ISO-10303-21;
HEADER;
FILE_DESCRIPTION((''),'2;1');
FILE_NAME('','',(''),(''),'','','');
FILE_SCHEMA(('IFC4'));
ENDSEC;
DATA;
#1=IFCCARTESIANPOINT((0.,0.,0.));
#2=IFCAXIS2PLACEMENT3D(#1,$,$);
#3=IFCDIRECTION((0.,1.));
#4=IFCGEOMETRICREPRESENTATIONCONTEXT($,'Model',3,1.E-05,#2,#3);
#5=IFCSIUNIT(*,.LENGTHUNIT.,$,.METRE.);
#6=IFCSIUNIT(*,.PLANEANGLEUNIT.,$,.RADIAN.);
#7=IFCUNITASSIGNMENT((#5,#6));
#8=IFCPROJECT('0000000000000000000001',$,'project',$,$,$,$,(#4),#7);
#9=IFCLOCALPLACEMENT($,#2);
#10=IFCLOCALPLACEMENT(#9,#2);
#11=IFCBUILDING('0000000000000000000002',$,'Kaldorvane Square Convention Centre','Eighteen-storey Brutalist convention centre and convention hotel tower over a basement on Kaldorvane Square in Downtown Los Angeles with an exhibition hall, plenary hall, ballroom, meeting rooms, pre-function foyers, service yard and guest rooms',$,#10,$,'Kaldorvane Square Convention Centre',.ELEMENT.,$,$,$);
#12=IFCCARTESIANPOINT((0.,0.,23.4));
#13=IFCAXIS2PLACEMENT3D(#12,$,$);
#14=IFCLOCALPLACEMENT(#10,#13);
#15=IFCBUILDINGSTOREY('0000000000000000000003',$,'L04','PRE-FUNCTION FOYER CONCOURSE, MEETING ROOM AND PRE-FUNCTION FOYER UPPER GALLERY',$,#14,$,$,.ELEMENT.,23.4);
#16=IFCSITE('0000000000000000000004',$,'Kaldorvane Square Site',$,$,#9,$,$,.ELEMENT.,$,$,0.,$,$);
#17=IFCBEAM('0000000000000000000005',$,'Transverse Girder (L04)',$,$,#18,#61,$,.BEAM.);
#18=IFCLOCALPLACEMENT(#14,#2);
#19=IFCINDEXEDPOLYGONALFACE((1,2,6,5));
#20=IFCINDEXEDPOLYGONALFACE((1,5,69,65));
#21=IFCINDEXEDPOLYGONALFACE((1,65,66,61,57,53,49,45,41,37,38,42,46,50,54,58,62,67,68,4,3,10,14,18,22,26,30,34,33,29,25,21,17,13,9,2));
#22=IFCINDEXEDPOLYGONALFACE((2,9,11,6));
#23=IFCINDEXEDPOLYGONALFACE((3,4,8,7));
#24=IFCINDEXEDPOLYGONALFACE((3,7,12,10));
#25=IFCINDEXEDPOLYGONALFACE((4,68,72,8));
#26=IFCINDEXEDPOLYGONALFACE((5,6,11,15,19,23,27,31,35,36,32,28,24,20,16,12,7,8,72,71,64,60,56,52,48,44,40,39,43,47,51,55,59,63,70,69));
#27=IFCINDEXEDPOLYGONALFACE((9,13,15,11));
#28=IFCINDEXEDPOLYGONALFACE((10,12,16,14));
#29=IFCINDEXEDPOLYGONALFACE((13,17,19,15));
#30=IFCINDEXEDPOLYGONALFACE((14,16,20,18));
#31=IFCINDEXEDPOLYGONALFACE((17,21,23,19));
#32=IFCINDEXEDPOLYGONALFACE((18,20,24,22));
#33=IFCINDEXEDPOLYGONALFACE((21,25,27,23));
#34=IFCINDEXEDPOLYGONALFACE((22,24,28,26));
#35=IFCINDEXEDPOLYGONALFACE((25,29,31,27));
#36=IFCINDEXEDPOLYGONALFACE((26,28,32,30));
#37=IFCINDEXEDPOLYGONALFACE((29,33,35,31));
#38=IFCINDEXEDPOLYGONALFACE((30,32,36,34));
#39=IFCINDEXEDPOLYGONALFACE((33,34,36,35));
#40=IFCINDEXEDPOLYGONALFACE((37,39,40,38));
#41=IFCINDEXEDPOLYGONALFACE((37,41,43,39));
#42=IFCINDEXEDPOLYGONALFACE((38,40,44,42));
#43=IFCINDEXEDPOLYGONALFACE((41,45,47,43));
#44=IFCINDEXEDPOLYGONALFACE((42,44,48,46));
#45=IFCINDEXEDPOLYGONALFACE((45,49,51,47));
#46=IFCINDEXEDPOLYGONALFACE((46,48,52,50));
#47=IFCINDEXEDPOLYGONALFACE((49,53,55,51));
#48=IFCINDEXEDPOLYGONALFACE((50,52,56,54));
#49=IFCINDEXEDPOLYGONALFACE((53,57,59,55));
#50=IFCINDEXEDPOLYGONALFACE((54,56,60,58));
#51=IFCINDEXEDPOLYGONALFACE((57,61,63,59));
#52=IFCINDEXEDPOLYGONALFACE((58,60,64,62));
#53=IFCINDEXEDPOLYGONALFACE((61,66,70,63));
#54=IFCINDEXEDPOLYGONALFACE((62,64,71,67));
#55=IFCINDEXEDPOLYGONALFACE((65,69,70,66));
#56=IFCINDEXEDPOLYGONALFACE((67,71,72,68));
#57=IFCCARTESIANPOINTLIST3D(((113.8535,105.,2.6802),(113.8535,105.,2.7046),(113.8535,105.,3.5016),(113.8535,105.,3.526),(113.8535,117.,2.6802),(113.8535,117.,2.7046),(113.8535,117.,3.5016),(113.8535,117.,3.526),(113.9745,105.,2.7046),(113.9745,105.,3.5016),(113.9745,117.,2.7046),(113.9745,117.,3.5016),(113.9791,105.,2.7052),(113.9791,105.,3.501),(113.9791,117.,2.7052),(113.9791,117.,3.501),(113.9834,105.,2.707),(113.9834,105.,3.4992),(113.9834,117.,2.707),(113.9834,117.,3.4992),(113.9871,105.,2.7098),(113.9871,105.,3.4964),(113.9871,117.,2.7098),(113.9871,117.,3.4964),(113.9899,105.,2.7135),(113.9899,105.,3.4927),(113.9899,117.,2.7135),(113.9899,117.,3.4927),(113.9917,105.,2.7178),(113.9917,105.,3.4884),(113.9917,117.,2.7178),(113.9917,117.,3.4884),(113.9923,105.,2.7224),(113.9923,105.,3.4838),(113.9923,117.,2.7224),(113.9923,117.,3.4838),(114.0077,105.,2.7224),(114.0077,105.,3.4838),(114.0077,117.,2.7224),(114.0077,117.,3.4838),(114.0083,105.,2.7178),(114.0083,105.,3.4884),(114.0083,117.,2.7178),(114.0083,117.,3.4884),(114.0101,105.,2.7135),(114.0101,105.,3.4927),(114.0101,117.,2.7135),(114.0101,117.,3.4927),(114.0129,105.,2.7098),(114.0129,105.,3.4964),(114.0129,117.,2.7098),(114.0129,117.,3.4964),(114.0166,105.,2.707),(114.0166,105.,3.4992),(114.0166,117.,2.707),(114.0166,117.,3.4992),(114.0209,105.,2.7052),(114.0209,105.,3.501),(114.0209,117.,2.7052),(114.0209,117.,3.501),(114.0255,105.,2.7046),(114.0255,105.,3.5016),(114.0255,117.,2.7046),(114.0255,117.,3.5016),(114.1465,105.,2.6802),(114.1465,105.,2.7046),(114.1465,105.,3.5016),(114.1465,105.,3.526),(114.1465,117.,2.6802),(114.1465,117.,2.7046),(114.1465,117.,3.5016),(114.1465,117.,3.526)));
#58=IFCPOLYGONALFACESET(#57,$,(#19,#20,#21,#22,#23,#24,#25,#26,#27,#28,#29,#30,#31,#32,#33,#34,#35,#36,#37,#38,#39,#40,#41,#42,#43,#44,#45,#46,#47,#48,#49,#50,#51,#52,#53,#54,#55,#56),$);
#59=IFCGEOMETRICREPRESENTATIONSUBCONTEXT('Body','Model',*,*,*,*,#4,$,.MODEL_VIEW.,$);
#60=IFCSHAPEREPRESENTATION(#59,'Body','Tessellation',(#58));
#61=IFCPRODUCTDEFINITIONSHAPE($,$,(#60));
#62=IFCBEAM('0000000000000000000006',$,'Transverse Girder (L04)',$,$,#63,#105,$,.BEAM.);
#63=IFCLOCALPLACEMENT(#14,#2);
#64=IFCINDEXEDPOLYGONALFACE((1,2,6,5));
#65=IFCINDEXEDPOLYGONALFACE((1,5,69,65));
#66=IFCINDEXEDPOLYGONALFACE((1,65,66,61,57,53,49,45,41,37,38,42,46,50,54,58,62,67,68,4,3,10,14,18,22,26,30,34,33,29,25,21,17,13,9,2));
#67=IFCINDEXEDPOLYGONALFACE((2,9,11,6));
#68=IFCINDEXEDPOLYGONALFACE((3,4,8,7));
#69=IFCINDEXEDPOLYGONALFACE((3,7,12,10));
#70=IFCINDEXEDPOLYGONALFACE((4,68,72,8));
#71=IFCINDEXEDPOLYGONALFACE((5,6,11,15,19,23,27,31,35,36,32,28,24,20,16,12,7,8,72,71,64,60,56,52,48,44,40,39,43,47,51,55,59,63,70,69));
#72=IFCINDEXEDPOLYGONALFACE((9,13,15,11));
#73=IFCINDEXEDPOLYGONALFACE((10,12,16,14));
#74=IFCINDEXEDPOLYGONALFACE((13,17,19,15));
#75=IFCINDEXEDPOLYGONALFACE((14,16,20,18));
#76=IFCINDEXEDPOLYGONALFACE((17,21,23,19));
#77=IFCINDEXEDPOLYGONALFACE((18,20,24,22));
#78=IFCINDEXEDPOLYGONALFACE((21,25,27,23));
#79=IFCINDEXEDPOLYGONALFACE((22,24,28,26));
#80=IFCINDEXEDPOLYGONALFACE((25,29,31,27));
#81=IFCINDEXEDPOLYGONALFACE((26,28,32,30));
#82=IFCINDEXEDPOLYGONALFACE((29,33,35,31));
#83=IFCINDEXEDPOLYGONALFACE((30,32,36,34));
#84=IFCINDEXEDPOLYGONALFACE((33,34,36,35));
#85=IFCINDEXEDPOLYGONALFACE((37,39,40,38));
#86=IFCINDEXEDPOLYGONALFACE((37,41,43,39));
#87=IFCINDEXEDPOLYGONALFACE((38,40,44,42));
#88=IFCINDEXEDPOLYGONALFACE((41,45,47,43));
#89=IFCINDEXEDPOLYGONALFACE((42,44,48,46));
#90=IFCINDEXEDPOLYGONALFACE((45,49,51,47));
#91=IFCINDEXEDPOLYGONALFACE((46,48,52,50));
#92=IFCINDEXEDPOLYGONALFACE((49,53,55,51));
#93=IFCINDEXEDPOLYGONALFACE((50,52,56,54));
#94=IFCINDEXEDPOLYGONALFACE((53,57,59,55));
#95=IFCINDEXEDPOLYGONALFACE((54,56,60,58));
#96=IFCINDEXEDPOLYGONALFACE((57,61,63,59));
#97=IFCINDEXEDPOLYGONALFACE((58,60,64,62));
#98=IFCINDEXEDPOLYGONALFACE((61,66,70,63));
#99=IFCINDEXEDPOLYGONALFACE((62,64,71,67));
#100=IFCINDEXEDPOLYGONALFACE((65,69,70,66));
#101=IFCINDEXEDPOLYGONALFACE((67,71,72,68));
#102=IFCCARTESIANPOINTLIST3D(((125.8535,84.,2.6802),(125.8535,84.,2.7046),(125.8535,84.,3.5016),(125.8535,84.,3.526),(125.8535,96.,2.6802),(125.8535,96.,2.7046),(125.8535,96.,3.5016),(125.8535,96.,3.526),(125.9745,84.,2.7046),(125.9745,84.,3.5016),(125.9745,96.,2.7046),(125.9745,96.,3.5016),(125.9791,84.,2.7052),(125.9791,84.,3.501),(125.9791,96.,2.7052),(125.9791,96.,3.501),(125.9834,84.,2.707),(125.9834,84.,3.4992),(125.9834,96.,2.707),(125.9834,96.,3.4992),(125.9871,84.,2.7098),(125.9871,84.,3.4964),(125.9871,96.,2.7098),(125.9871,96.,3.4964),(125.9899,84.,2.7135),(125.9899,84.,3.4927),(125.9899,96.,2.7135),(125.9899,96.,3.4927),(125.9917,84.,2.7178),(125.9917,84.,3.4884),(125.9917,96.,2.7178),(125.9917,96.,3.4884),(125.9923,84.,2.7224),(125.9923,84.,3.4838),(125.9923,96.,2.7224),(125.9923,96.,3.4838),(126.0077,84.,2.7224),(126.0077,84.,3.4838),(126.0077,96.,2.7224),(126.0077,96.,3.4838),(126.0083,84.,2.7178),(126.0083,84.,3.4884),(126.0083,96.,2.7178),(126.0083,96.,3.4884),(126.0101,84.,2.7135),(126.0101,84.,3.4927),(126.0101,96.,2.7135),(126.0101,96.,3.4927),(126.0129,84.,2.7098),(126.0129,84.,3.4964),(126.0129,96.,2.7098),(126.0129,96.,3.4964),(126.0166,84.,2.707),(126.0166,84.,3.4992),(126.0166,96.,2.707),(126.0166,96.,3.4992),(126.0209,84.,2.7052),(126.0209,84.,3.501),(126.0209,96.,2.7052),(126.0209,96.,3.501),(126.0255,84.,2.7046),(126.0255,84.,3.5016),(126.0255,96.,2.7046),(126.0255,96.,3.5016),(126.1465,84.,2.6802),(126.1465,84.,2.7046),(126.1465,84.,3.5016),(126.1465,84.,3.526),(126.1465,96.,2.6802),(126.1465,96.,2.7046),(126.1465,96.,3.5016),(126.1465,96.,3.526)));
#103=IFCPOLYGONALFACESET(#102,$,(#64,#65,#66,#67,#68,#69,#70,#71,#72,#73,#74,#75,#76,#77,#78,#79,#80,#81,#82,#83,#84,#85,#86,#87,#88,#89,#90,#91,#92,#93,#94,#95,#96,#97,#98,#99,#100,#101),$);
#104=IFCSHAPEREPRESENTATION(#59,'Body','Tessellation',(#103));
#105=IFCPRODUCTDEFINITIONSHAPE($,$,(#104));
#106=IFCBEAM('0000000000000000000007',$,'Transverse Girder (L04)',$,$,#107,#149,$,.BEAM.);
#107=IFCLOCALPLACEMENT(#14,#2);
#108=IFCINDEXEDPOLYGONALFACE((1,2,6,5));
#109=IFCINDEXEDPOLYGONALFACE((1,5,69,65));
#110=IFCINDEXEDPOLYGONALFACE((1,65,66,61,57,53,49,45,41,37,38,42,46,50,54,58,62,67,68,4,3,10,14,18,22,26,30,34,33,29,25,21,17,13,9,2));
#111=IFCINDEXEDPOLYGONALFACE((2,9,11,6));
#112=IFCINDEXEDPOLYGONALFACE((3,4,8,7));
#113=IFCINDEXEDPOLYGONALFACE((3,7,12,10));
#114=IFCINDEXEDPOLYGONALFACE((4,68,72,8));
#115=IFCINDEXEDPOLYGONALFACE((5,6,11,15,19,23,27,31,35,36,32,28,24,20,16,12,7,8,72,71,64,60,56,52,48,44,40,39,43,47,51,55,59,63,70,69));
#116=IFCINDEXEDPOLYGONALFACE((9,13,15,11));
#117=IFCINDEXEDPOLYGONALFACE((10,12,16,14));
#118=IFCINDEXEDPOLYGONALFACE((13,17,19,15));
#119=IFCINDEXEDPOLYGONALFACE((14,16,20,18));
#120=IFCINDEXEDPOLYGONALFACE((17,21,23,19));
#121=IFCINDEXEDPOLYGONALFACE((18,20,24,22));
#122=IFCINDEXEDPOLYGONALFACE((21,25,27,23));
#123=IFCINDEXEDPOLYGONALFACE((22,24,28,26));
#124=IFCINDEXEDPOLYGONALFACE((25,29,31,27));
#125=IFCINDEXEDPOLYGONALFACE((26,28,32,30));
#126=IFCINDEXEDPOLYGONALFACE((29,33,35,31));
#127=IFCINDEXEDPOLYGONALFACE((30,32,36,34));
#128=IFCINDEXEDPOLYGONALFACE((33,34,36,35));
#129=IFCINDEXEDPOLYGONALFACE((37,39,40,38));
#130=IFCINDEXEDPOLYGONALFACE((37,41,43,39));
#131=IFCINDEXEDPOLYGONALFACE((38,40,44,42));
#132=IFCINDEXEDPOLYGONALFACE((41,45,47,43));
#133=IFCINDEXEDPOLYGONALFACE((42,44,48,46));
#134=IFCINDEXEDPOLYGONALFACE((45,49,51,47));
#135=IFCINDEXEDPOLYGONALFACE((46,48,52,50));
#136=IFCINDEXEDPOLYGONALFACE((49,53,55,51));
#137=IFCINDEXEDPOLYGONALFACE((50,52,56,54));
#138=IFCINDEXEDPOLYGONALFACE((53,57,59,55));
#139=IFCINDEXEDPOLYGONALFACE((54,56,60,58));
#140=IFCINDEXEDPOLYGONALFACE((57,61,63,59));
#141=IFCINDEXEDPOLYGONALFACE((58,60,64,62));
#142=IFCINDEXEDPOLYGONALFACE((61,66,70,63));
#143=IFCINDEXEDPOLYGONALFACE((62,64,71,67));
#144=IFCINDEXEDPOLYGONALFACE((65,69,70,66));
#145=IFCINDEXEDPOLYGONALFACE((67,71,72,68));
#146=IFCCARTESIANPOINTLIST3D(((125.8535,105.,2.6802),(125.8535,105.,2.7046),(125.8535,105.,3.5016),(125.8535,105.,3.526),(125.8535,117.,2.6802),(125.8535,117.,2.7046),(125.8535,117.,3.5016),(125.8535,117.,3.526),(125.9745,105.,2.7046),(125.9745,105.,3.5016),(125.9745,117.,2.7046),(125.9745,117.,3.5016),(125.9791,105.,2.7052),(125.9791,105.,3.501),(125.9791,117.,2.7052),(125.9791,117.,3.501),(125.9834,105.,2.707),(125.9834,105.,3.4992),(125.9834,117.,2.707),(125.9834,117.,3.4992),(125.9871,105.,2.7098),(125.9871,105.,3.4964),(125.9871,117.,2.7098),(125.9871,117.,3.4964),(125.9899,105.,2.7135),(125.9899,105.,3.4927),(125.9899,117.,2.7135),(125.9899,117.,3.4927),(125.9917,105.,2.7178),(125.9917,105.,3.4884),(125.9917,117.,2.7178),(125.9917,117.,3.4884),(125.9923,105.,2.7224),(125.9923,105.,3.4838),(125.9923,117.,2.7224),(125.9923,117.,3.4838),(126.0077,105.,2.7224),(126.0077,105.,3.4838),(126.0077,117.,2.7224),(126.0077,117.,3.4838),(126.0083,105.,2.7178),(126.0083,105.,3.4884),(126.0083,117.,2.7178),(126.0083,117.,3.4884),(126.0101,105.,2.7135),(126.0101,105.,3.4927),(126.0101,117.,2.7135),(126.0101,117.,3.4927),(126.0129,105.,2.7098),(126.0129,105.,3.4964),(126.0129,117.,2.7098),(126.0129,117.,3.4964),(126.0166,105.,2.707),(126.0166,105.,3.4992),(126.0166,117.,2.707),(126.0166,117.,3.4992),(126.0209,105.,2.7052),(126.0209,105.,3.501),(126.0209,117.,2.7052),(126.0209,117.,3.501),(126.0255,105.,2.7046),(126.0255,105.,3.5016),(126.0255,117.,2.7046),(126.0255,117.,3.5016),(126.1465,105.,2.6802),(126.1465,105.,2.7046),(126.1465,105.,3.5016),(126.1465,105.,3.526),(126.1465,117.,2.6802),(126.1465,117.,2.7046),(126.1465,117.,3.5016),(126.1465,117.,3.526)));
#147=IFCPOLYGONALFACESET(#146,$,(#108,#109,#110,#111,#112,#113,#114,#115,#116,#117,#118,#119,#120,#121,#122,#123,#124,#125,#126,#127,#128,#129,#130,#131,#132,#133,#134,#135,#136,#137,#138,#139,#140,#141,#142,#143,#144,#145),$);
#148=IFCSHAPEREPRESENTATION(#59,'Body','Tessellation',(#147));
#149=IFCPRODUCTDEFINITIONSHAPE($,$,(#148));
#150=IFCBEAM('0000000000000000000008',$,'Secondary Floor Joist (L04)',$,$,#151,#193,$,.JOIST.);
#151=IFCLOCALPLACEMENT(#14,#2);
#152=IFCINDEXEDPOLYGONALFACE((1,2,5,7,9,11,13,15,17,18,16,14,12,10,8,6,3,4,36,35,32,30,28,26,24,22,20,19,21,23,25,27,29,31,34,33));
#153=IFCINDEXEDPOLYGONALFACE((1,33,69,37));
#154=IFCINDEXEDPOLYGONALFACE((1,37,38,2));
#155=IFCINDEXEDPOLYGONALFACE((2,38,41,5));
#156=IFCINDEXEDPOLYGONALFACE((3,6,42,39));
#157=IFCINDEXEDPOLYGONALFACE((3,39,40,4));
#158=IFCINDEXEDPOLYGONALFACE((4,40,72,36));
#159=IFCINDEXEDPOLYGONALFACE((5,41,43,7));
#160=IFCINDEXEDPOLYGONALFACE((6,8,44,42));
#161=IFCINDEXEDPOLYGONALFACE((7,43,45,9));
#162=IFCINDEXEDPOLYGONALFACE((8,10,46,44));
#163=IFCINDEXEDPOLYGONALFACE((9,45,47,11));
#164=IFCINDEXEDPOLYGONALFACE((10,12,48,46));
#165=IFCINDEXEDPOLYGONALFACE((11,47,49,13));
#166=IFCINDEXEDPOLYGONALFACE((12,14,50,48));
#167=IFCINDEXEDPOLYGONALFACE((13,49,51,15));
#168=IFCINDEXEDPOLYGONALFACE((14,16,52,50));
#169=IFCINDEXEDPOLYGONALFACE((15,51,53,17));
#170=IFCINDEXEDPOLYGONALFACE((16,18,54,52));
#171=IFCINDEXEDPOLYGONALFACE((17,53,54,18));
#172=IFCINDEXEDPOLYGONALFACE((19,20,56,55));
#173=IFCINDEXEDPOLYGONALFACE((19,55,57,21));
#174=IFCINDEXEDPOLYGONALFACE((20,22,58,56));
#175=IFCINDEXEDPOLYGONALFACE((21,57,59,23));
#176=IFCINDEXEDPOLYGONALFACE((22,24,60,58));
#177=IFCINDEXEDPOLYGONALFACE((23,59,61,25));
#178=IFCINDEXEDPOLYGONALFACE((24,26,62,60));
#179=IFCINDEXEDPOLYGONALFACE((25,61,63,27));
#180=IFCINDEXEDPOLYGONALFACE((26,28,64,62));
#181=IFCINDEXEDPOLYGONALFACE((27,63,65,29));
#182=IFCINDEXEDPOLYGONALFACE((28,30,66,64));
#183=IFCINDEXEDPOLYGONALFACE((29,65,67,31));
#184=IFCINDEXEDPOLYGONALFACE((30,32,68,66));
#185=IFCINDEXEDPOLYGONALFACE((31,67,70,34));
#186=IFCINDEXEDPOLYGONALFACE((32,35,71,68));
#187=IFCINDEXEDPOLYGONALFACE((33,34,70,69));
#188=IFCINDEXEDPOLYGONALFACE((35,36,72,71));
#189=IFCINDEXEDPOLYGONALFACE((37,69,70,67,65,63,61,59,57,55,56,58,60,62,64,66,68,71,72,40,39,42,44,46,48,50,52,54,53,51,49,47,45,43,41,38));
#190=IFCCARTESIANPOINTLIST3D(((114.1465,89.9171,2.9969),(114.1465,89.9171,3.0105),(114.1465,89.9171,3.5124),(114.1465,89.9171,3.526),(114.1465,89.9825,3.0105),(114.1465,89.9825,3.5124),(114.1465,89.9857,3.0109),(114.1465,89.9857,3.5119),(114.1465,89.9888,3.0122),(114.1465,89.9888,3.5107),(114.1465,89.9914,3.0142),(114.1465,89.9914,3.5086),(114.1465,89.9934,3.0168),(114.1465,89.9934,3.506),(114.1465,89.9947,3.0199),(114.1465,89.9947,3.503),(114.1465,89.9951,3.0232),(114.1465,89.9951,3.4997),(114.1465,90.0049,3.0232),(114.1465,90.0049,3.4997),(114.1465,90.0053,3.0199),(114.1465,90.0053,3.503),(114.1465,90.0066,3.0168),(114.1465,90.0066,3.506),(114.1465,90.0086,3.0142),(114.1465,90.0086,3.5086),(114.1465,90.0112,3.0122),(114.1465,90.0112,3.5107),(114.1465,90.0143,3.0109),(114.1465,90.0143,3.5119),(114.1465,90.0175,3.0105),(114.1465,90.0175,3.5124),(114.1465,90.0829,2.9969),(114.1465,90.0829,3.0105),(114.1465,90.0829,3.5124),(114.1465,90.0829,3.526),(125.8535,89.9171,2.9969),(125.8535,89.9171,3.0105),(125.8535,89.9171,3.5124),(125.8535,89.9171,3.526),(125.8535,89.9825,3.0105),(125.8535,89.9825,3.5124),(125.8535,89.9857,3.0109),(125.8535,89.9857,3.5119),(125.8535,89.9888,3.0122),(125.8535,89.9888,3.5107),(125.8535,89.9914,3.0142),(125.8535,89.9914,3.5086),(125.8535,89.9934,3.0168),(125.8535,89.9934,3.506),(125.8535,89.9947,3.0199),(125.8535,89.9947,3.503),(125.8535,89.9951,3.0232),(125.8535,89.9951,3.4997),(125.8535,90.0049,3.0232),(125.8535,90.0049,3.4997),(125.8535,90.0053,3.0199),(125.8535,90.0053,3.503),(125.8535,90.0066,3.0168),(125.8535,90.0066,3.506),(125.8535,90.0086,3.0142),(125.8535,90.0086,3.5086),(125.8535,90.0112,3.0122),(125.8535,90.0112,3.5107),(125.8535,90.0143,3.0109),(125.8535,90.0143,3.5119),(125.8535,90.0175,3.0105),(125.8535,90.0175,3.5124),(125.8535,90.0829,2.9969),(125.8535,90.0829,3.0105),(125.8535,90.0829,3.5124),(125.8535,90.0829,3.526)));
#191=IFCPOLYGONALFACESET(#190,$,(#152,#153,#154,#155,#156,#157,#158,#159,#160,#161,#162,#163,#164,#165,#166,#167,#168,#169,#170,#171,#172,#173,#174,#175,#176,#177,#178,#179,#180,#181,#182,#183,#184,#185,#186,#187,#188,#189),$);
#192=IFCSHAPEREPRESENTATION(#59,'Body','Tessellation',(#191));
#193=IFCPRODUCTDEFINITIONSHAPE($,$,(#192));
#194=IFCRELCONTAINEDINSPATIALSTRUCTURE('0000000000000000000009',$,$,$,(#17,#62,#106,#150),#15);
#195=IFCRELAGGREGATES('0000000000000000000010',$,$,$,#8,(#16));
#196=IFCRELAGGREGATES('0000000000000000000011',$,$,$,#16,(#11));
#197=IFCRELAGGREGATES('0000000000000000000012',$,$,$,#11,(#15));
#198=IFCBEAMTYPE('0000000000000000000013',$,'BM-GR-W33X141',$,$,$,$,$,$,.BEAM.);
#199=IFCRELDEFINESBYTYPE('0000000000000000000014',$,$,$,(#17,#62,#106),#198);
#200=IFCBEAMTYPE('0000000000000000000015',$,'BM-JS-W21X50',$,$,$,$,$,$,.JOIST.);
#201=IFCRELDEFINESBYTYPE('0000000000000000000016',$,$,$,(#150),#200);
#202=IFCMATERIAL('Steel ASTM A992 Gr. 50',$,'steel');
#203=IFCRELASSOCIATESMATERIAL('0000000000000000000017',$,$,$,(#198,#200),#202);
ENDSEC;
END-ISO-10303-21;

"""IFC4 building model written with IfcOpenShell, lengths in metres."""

from ifc_helpers import new_model, si_unit, direction, frame, origin, origin_2d, place, context, subcontext, project, spatial, i_section, extrude, material, material_profile, profile_set, type_object, element, save


model = new_model("IFC4")

# Units and contexts
model_context = context("Model", 3, precision=1e-05, world=origin(), true_north=direction((0.0, 1.0)))
body_context = subcontext(model_context, "Body", "Model", "MODEL_VIEW")
ifc_project = project(units=[si_unit("LENGTHUNIT", "METRE"), si_unit("PLANEANGLEUNIT", "RADIAN")], contexts=[model_context])

# Site, building, storey
site_placement = place(None, origin())
site = spatial("IfcSite", under=ifc_project, at=site_placement, Name="Kaldorvane Square Site", CompositionType="ELEMENT", RefElevation=0.0)
building_placement = place(site_placement, origin())
building = spatial("IfcBuilding", under=site, at=building_placement, Name="Kaldorvane Square Convention Centre", Description="Eighteen-storey Brutalist convention centre and convention hotel tower over a basement on Kaldorvane Square in Downtown Los Angeles with an exhibition hall, plenary hall, ballroom, meeting rooms, pre-function foyers, service yard and guest rooms", LongName="Kaldorvane Square Convention Centre", CompositionType="ELEMENT")
storey_placement = place(building_placement, frame((0.0, 0.0, 23.4)))
storey = spatial("IfcBuildingStorey", under=building, at=storey_placement, Name="L04", Description="PRE-FUNCTION FOYER CONCOURSE, MEETING ROOM AND PRE-FUNCTION FOYER UPPER GALLERY", CompositionType="ELEMENT", Elevation=23.4)

# Shared definitions
ifc_material_1 = material(Name="Steel ASTM A992 Gr. 50", Category="steel")

# Beams
ifc_material_profile_1 = material_profile(ifc_material_1, i_section(OverallWidth=0.293, OverallDepth=0.8458, WebThickness=0.0154, FlangeThickness=0.0244, FilletRadius=0.0178, at=origin_2d()), Name="W33X141")
ifc_profile_set_1 = profile_set([ifc_material_profile_1], Name="Steel ASTM A992 Gr. 50")
beam_type_1 = type_object("IfcBeamType", Name="BM-GR-W33X141", PredefinedType="BEAM", material=ifc_profile_set_1)
for number, where, z_axis, x_axis, name in (
    (1, (114.0, 105.0, 3.1031), (0.0, 1.0, 0.0), (-1.0, 0.0, 0.0), "Transverse Girder (L04)"),
    (2, (126.0, 84.0, 3.1031), (0.0, 1.0, 0.0), (-1.0, 0.0, 0.0), "Transverse Girder (L04)"),
    (3, (126.0, 105.0, 3.1031), (0.0, 1.0, 0.0), (-1.0, 0.0, 0.0), "Transverse Girder (L04)"),
):
    element("IfcBeam", number, at=place(storey_placement, frame(where, z_axis=z_axis, x_axis=x_axis)), inside=storey, type_object=beam_type_1, Name=name, PredefinedType="BEAM", context=body_context, shape_type="SweptSolid", body=[
        extrude(i_section(OverallWidth=0.293, OverallDepth=0.8458, WebThickness=0.0154, FlangeThickness=0.0244, FilletRadius=0.0178, at=origin_2d()), origin(), (0.0, 0.0, 1.0), 12.0),
    ])
ifc_material_profile_2 = material_profile(ifc_material_1, i_section(OverallWidth=0.1659, OverallDepth=0.5291, WebThickness=0.0097, FlangeThickness=0.0136, FilletRadius=0.0127, at=origin_2d()), Name="W21X50")
ifc_profile_set_2 = profile_set([ifc_material_profile_2], Name="Steel ASTM A992 Gr. 50")
beam_type_2 = type_object("IfcBeamType", Name="BM-JS-W21X50", PredefinedType="JOIST", material=ifc_profile_set_2)
for number, where, z_axis, x_axis, name in (
    (4, (114.1465, 90.0, 3.2614), (1.0, 0.0, 0.0), (0.0, 1.0, 0.0), "Secondary Floor Joist (L04)"),
):
    element("IfcBeam", number, at=place(storey_placement, frame(where, z_axis=z_axis, x_axis=x_axis)), inside=storey, type_object=beam_type_2, Name=name, PredefinedType="JOIST", context=body_context, shape_type="SweptSolid", body=[
        extrude(i_section(OverallWidth=0.1659, OverallDepth=0.5291, WebThickness=0.0097, FlangeThickness=0.0136, FilletRadius=0.0127, at=origin_2d()), origin(), (0.0, 0.0, 1.0), 11.707),
    ])

save(model, "model.ifc")
